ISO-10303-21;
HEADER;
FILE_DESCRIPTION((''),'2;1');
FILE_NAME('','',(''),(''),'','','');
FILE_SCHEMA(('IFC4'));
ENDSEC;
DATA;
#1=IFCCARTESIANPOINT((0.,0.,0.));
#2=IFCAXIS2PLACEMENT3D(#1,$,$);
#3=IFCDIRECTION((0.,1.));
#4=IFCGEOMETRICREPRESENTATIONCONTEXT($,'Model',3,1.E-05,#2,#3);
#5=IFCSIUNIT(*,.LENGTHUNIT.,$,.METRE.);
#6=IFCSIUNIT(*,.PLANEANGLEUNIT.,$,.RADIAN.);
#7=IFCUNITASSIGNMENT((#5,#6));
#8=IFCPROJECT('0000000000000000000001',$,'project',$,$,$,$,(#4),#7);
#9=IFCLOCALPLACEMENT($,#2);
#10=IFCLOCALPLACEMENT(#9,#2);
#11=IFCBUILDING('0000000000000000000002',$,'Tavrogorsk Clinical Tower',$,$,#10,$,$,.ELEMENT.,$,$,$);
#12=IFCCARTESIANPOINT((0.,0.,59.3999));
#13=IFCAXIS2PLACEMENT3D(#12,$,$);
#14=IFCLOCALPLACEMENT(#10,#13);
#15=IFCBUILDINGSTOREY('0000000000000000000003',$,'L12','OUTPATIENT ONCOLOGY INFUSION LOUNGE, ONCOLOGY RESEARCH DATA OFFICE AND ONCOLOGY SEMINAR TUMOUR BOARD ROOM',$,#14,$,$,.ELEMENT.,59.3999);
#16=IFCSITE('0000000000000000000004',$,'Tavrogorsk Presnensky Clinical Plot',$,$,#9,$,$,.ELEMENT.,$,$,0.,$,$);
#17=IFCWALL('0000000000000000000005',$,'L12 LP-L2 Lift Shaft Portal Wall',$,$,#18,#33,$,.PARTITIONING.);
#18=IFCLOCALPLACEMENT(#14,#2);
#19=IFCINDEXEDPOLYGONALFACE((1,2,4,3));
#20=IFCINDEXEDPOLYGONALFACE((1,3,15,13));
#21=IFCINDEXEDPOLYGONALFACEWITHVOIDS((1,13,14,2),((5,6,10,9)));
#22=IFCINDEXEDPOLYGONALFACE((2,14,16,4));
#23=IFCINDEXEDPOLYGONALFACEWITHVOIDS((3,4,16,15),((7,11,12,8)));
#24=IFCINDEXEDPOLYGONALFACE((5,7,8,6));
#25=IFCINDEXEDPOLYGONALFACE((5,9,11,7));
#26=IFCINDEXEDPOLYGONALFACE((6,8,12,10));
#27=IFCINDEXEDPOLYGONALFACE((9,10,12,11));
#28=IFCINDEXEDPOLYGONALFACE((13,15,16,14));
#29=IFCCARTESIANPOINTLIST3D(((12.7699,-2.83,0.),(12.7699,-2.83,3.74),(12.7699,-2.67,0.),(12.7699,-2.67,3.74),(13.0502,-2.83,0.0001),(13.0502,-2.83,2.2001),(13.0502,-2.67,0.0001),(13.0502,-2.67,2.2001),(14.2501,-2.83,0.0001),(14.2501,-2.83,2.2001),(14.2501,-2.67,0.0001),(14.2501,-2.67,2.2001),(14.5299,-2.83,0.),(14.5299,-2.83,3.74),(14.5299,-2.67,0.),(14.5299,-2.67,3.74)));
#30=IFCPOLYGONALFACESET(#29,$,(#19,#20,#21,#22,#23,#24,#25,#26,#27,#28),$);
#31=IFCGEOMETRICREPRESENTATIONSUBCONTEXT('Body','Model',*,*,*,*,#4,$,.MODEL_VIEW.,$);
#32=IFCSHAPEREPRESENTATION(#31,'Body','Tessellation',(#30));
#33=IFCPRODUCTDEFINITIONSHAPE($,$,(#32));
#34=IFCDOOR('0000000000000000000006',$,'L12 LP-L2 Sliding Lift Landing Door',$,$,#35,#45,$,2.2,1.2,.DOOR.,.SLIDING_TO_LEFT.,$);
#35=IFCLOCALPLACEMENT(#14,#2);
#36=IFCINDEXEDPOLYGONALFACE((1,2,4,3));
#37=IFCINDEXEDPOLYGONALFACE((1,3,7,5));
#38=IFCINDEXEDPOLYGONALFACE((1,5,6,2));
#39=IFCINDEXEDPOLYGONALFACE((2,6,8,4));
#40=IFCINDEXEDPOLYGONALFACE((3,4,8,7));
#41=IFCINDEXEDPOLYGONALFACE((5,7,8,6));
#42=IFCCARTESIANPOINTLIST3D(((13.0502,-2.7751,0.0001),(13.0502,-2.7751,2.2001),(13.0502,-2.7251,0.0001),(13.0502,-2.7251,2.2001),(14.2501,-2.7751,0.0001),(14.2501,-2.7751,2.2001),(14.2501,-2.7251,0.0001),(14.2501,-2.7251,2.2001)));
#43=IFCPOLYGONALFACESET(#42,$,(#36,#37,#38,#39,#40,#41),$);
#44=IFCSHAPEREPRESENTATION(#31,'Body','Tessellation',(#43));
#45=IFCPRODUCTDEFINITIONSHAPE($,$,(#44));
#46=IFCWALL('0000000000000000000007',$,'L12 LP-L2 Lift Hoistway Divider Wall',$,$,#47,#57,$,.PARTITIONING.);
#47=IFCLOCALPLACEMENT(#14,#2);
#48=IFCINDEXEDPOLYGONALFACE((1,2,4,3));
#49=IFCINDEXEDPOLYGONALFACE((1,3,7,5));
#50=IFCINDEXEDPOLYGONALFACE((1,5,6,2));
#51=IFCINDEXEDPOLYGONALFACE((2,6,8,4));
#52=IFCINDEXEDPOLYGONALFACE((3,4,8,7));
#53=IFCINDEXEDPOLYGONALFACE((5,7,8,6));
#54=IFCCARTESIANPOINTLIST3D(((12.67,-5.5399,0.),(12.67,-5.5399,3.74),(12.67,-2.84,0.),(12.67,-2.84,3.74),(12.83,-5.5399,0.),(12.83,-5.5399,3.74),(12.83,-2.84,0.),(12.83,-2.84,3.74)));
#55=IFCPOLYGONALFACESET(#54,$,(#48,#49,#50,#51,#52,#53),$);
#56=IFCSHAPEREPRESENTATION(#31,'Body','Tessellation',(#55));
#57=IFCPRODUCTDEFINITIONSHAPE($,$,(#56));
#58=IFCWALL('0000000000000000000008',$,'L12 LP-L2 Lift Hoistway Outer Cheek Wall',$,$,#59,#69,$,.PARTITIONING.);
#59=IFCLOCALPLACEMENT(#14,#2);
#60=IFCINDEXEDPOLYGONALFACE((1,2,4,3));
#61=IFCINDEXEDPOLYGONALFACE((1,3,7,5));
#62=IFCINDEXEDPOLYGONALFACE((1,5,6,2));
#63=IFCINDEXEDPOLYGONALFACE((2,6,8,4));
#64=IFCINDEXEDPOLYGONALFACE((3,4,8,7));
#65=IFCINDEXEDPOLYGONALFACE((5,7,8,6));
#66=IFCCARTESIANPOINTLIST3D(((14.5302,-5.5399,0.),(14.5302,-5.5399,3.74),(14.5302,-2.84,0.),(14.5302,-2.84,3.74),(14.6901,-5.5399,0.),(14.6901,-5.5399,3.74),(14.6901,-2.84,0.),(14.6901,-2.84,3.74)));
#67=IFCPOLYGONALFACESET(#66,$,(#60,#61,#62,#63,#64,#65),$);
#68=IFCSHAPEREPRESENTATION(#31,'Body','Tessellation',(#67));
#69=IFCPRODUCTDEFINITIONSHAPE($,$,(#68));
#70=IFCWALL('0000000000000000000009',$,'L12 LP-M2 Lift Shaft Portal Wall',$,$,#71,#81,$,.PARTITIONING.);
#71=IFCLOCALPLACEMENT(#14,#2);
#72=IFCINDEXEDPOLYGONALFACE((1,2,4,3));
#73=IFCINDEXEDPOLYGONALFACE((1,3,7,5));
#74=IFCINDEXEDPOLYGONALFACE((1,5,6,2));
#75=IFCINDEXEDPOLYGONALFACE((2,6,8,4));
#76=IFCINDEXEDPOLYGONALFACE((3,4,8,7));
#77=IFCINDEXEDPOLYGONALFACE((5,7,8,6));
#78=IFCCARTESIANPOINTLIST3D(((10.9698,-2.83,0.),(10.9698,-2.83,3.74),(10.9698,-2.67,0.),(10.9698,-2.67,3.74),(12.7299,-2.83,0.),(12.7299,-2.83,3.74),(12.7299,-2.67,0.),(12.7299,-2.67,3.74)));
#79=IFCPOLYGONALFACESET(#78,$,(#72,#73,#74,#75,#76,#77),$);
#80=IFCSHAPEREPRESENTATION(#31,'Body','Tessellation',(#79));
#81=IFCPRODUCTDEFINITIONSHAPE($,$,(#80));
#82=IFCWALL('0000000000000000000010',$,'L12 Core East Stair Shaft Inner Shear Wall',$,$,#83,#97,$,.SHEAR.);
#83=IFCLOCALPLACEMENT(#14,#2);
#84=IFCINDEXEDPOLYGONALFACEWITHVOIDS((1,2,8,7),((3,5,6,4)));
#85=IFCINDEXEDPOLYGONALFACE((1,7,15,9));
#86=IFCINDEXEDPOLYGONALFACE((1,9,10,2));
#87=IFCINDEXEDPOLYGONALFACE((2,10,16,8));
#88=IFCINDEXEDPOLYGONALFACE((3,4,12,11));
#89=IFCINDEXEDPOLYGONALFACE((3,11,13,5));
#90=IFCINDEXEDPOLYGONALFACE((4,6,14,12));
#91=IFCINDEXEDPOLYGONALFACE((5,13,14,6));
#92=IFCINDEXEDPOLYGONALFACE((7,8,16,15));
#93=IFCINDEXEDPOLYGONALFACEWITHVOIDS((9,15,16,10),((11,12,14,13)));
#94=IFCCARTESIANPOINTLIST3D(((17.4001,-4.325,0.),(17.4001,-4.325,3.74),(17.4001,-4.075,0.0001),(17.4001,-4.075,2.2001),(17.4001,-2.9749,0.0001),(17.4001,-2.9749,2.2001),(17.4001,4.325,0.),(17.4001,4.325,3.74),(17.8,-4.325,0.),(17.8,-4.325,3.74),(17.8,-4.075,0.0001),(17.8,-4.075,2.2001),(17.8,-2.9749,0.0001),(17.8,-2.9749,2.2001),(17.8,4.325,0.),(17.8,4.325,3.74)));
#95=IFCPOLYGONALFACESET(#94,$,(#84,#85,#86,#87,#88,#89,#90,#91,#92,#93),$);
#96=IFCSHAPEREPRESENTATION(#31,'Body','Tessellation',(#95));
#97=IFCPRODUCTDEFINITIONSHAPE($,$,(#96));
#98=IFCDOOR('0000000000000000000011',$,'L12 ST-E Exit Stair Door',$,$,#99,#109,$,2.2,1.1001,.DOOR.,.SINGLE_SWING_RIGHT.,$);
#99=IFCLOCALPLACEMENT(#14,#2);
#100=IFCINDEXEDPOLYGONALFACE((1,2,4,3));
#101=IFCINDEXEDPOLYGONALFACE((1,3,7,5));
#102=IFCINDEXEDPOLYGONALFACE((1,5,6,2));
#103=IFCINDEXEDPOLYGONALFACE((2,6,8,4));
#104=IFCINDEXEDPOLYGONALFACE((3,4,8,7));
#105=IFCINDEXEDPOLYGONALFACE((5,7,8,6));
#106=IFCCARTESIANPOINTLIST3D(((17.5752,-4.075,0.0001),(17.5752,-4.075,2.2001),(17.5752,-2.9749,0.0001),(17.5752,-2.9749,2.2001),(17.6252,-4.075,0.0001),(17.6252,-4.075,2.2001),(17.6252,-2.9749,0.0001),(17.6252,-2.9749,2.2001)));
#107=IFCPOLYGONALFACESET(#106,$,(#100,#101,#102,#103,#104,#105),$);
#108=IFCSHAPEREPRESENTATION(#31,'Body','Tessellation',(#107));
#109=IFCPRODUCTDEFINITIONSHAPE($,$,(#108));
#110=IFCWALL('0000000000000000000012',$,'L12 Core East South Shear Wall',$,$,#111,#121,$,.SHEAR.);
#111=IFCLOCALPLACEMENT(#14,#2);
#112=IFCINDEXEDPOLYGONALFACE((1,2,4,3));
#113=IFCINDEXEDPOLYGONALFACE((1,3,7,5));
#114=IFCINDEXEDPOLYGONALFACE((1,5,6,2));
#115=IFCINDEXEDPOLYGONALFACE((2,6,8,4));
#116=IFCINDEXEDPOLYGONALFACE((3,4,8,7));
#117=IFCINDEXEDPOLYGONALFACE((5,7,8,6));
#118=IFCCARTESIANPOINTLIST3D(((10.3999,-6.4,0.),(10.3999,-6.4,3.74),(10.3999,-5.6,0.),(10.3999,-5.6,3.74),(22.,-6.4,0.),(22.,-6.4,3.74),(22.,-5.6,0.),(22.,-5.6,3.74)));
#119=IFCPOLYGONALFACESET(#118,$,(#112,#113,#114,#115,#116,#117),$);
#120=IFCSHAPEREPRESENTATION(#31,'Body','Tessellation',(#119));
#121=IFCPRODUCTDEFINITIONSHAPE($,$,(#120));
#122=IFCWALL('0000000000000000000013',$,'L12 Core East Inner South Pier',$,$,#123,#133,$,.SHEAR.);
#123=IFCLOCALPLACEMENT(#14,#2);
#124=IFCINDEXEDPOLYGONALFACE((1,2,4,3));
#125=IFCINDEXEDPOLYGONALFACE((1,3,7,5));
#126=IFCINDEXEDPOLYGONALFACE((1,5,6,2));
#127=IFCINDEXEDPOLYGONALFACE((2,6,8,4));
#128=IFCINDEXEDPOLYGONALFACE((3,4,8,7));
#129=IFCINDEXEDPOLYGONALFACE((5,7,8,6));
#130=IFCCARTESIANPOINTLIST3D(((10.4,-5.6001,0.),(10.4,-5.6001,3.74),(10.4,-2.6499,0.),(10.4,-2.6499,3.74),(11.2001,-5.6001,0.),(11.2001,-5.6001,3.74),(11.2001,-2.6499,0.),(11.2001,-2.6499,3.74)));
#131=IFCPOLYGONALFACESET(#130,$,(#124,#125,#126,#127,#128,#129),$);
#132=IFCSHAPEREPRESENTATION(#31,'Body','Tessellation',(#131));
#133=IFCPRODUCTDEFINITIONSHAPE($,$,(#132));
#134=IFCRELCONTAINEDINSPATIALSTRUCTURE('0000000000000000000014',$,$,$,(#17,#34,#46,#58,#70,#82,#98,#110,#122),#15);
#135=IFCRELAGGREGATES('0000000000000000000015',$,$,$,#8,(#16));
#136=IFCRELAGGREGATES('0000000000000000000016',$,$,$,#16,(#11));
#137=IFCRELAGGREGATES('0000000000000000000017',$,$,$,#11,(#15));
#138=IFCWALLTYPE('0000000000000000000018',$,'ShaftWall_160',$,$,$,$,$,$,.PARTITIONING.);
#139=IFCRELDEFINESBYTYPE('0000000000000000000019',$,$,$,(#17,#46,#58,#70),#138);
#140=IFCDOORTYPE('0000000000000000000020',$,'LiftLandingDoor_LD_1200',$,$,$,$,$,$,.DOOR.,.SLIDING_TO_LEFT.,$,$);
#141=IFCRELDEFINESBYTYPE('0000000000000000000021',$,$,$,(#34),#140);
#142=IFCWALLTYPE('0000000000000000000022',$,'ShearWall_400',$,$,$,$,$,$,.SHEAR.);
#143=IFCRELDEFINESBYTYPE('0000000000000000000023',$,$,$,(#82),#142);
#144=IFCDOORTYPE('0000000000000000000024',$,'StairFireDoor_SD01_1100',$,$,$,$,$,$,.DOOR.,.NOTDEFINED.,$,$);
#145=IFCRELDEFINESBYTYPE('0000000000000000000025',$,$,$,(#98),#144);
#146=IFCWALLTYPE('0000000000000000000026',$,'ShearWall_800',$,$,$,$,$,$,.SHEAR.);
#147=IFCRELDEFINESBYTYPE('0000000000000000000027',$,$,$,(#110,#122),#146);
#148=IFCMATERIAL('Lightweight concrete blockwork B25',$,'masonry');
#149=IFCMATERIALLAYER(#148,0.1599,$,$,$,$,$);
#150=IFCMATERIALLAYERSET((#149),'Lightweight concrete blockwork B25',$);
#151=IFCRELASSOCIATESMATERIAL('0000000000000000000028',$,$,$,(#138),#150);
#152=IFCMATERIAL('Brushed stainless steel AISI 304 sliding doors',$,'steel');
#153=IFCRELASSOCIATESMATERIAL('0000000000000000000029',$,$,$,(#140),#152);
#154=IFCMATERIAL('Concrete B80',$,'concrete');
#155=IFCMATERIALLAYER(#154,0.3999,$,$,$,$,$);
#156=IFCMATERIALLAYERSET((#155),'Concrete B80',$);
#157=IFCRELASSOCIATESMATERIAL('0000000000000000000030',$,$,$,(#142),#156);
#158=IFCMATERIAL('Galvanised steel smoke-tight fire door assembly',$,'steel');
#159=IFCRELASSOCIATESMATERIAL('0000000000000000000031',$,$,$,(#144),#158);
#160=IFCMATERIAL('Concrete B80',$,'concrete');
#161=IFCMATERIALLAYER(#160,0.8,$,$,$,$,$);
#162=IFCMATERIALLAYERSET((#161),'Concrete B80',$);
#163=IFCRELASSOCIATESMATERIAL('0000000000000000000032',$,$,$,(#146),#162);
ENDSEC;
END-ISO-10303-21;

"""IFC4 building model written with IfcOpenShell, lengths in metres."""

from ifc_helpers import new_model, si_unit, direction, frame, frame_2d, origin, place, context, subcontext, project, spatial, rectangle, extrude, material, layer, layer_set, type_object, element, fill, save


model = new_model("IFC4")

# Units and contexts
model_context = context("Model", 3, precision=1e-05, world=origin(), true_north=direction((0.0, 1.0)))
body_context = subcontext(model_context, "Body", "Model", "MODEL_VIEW")
ifc_project = project(units=[si_unit("LENGTHUNIT", "METRE"), si_unit("PLANEANGLEUNIT", "RADIAN")], contexts=[model_context])

# Site, building, storey
site_placement = place(None, origin())
site = spatial("IfcSite", under=ifc_project, at=site_placement, Name="Tavrogorsk Presnensky Clinical Plot", CompositionType="ELEMENT", RefElevation=0.0)
building_placement = place(site_placement, origin())
building = spatial("IfcBuilding", under=site, at=building_placement, Name="Tavrogorsk Clinical Tower", CompositionType="ELEMENT")
storey_placement = place(building_placement, frame((0.0, 0.0, 59.3999)))
storey = spatial("IfcBuildingStorey", under=building, at=storey_placement, Name="L12", Description="OUTPATIENT ONCOLOGY INFUSION LOUNGE, ONCOLOGY RESEARCH DATA OFFICE AND ONCOLOGY SEMINAR TUMOUR BOARD ROOM", CompositionType="ELEMENT", Elevation=59.3999)

# Wall, opening, door
ifc_material_1 = material(Name="Lightweight concrete blockwork B25", Category="masonry")
ifc_layer_1 = layer(ifc_material_1, 0.1599)
ifc_layer_set_1 = layer_set([ifc_layer_1], Name="Lightweight concrete blockwork B25")
wall_type_1 = type_object("IfcWallType", Name="ShaftWall_160", PredefinedType="PARTITIONING", material=ifc_layer_set_1)
wall_1_placement = place(storey_placement, frame((12.77, -2.75, 0.0), z_axis=(0.0, 0.0, 1.0), x_axis=(1.0, 0.0, 0.0)))
wall_1 = element("IfcWall", 1, at=wall_1_placement, inside=storey, type_object=wall_type_1, Name="L12 LP-L2 Lift Shaft Portal Wall", PredefinedType="PARTITIONING", context=body_context, shape_type="SweptSolid", body=[
    extrude(rectangle(XDim=1.76, YDim=0.1599, at=frame_2d((0.8799, 0.0))), origin(), (0.0, 0.0, 1.0), 3.74),
])
opening_1_placement = place(wall_1_placement, frame((0.28, 0.0, 0.0)))
opening_1 = element("IfcOpeningElement", 2, at=opening_1_placement, cuts=wall_1, PredefinedType="OPENING", context=body_context, shape_type="SweptSolid", body=[
    extrude(rectangle(XDim=1.2, YDim=2.2, at=frame_2d((0.6001, 1.1001))), frame((0.0, 0.0898, 0.0), z_axis=(0.0, -1.0, 0.0), x_axis=(1.0, 0.0, 0.0)), (0.0, 0.0, 1.0), 0.1799),
])
ifc_material_2 = material(Name="Brushed stainless steel AISI 304 sliding doors", Category="steel")
door_type_1 = type_object("IfcDoorType", Name="LiftLandingDoor_LD_1200", OperationType="SLIDING_TO_LEFT", PredefinedType="DOOR", material=ifc_material_2)
door_1_placement = place(opening_1_placement, origin())
door_1 = element("IfcDoor", 3, at=door_1_placement, inside=storey, type_object=door_type_1, Name="L12 LP-L2 Sliding Lift Landing Door", OperationType="SLIDING_TO_LEFT", OverallHeight=2.2, OverallWidth=1.2, PredefinedType="DOOR", context=body_context, shape_type="SweptSolid", body=[
    extrude(rectangle(XDim=1.2, YDim=2.2, at=frame_2d((0.6001, 1.1001))), frame((0.0, 0.0249, 0.0), z_axis=(0.0, -1.0, 0.0), x_axis=(1.0, 0.0, 0.0)), (0.0, 0.0, 1.0), 0.05),
])
fill(opening_1, door_1)

# Walls
for number, where, z_axis, x_axis, name in (
    (4, (12.75, -5.54, 0.0), (0.0, 0.0, 1.0), (0.0, 1.0, 0.0), "L12 LP-L2 Lift Hoistway Divider Wall"),
    (5, (14.6101, -5.54, 0.0), (0.0, 0.0, 1.0), (0.0, 1.0, 0.0), "L12 LP-L2 Lift Hoistway Outer Cheek Wall"),
):
    element("IfcWall", number, at=place(storey_placement, frame(where, z_axis=z_axis, x_axis=x_axis)), inside=storey, type_object=wall_type_1, Name=name, PredefinedType="PARTITIONING", context=body_context, shape_type="SweptSolid", body=[
        extrude(rectangle(XDim=2.7, YDim=0.1599, at=frame_2d((1.3501, 0.0))), origin(), (0.0, 0.0, 1.0), 3.74),
    ])
wall_2_placement = place(storey_placement, frame((10.97, -2.75, 0.0), z_axis=(0.0, 0.0, 1.0), x_axis=(1.0, 0.0, 0.0)))
element("IfcWall", 6, at=wall_2_placement, inside=storey, type_object=wall_type_1, Name="L12 LP-M2 Lift Shaft Portal Wall", PredefinedType="PARTITIONING", context=body_context, shape_type="SweptSolid", body=[
    extrude(rectangle(XDim=1.76, YDim=0.1599, at=frame_2d((0.8799, 0.0))), origin(), (0.0, 0.0, 1.0), 3.74),
])

# Wall, opening, door
ifc_material_3 = material(Name="Concrete B80", Category="concrete")
ifc_layer_2 = layer(ifc_material_3, 0.3999)
ifc_layer_set_2 = layer_set([ifc_layer_2], Name="Concrete B80")
wall_type_2 = type_object("IfcWallType", Name="ShearWall_400", PredefinedType="SHEAR", material=ifc_layer_set_2)
wall_3_placement = place(storey_placement, frame((17.6001, -4.325, 0.0), z_axis=(0.0, 0.0, 1.0), x_axis=(0.0, 1.0, 0.0)))
wall_3 = element("IfcWall", 7, at=wall_3_placement, inside=storey, type_object=wall_type_2, Name="L12 Core East Stair Shaft Inner Shear Wall", PredefinedType="SHEAR", context=body_context, shape_type="SweptSolid", body=[
    extrude(rectangle(XDim=8.6499, YDim=0.3999, at=frame_2d((4.325, 0.0))), origin(), (0.0, 0.0, 1.0), 3.74),
])
opening_2_placement = place(wall_3_placement, frame((0.25, 0.0, 0.0)))
opening_2 = element("IfcOpeningElement", 8, at=opening_2_placement, cuts=wall_3, PredefinedType="OPENING", context=body_context, shape_type="SweptSolid", body=[
    extrude(rectangle(XDim=1.1001, YDim=2.2, at=frame_2d((0.55, 1.1001))), frame((0.0, 0.21, 0.0), z_axis=(0.0, -1.0, 0.0), x_axis=(1.0, 0.0, 0.0)), (0.0, 0.0, 1.0), 0.4199),
])
ifc_material_4 = material(Name="Galvanised steel smoke-tight fire door assembly", Category="steel")
door_type_2 = type_object("IfcDoorType", Name="StairFireDoor_SD01_1100", OperationType="NOTDEFINED", PredefinedType="DOOR", material=ifc_material_4)
door_2_placement = place(opening_2_placement, origin())
door_2 = element("IfcDoor", 9, at=door_2_placement, inside=storey, type_object=door_type_2, Name="L12 ST-E Exit Stair Door", OperationType="SINGLE_SWING_RIGHT", OverallHeight=2.2, OverallWidth=1.1001, PredefinedType="DOOR", context=body_context, shape_type="SweptSolid", body=[
    extrude(rectangle(XDim=1.1001, YDim=2.2, at=frame_2d((0.55, 1.1001))), frame((0.0, 0.0249, 0.0), z_axis=(0.0, -1.0, 0.0), x_axis=(1.0, 0.0, 0.0)), (0.0, 0.0, 1.0), 0.05),
])
fill(opening_2, door_2)

# Walls
ifc_material_5 = material(Name="Concrete B80", Category="concrete")
ifc_layer_3 = layer(ifc_material_5, 0.8)
ifc_layer_set_3 = layer_set([ifc_layer_3], Name="Concrete B80")
wall_type_3 = type_object("IfcWallType", Name="ShearWall_800", PredefinedType="SHEAR", material=ifc_layer_set_3)
wall_4_placement = place(storey_placement, frame((10.3999, -6.0, 0.0), z_axis=(0.0, 0.0, 1.0), x_axis=(1.0, 0.0, 0.0)))
element("IfcWall", 10, at=wall_4_placement, inside=storey, type_object=wall_type_3, Name="L12 Core East South Shear Wall", PredefinedType="SHEAR", context=body_context, shape_type="SweptSolid", body=[
    extrude(rectangle(XDim=11.6001, YDim=0.8, at=frame_2d((5.8, 0.0))), origin(), (0.0, 0.0, 1.0), 3.74),
])
wall_5_placement = place(storey_placement, frame((10.8, -5.6001, 0.0), z_axis=(0.0, 0.0, 1.0), x_axis=(0.0, 1.0, 0.0)))
element("IfcWall", 11, at=wall_5_placement, inside=storey, type_object=wall_type_3, Name="L12 Core East Inner South Pier", PredefinedType="SHEAR", context=body_context, shape_type="SweptSolid", body=[
    extrude(rectangle(XDim=2.9502, YDim=0.8, at=frame_2d((1.4751, 0.0))), origin(), (0.0, 0.0, 1.0), 3.74),
])

save(model, "model.ifc")
